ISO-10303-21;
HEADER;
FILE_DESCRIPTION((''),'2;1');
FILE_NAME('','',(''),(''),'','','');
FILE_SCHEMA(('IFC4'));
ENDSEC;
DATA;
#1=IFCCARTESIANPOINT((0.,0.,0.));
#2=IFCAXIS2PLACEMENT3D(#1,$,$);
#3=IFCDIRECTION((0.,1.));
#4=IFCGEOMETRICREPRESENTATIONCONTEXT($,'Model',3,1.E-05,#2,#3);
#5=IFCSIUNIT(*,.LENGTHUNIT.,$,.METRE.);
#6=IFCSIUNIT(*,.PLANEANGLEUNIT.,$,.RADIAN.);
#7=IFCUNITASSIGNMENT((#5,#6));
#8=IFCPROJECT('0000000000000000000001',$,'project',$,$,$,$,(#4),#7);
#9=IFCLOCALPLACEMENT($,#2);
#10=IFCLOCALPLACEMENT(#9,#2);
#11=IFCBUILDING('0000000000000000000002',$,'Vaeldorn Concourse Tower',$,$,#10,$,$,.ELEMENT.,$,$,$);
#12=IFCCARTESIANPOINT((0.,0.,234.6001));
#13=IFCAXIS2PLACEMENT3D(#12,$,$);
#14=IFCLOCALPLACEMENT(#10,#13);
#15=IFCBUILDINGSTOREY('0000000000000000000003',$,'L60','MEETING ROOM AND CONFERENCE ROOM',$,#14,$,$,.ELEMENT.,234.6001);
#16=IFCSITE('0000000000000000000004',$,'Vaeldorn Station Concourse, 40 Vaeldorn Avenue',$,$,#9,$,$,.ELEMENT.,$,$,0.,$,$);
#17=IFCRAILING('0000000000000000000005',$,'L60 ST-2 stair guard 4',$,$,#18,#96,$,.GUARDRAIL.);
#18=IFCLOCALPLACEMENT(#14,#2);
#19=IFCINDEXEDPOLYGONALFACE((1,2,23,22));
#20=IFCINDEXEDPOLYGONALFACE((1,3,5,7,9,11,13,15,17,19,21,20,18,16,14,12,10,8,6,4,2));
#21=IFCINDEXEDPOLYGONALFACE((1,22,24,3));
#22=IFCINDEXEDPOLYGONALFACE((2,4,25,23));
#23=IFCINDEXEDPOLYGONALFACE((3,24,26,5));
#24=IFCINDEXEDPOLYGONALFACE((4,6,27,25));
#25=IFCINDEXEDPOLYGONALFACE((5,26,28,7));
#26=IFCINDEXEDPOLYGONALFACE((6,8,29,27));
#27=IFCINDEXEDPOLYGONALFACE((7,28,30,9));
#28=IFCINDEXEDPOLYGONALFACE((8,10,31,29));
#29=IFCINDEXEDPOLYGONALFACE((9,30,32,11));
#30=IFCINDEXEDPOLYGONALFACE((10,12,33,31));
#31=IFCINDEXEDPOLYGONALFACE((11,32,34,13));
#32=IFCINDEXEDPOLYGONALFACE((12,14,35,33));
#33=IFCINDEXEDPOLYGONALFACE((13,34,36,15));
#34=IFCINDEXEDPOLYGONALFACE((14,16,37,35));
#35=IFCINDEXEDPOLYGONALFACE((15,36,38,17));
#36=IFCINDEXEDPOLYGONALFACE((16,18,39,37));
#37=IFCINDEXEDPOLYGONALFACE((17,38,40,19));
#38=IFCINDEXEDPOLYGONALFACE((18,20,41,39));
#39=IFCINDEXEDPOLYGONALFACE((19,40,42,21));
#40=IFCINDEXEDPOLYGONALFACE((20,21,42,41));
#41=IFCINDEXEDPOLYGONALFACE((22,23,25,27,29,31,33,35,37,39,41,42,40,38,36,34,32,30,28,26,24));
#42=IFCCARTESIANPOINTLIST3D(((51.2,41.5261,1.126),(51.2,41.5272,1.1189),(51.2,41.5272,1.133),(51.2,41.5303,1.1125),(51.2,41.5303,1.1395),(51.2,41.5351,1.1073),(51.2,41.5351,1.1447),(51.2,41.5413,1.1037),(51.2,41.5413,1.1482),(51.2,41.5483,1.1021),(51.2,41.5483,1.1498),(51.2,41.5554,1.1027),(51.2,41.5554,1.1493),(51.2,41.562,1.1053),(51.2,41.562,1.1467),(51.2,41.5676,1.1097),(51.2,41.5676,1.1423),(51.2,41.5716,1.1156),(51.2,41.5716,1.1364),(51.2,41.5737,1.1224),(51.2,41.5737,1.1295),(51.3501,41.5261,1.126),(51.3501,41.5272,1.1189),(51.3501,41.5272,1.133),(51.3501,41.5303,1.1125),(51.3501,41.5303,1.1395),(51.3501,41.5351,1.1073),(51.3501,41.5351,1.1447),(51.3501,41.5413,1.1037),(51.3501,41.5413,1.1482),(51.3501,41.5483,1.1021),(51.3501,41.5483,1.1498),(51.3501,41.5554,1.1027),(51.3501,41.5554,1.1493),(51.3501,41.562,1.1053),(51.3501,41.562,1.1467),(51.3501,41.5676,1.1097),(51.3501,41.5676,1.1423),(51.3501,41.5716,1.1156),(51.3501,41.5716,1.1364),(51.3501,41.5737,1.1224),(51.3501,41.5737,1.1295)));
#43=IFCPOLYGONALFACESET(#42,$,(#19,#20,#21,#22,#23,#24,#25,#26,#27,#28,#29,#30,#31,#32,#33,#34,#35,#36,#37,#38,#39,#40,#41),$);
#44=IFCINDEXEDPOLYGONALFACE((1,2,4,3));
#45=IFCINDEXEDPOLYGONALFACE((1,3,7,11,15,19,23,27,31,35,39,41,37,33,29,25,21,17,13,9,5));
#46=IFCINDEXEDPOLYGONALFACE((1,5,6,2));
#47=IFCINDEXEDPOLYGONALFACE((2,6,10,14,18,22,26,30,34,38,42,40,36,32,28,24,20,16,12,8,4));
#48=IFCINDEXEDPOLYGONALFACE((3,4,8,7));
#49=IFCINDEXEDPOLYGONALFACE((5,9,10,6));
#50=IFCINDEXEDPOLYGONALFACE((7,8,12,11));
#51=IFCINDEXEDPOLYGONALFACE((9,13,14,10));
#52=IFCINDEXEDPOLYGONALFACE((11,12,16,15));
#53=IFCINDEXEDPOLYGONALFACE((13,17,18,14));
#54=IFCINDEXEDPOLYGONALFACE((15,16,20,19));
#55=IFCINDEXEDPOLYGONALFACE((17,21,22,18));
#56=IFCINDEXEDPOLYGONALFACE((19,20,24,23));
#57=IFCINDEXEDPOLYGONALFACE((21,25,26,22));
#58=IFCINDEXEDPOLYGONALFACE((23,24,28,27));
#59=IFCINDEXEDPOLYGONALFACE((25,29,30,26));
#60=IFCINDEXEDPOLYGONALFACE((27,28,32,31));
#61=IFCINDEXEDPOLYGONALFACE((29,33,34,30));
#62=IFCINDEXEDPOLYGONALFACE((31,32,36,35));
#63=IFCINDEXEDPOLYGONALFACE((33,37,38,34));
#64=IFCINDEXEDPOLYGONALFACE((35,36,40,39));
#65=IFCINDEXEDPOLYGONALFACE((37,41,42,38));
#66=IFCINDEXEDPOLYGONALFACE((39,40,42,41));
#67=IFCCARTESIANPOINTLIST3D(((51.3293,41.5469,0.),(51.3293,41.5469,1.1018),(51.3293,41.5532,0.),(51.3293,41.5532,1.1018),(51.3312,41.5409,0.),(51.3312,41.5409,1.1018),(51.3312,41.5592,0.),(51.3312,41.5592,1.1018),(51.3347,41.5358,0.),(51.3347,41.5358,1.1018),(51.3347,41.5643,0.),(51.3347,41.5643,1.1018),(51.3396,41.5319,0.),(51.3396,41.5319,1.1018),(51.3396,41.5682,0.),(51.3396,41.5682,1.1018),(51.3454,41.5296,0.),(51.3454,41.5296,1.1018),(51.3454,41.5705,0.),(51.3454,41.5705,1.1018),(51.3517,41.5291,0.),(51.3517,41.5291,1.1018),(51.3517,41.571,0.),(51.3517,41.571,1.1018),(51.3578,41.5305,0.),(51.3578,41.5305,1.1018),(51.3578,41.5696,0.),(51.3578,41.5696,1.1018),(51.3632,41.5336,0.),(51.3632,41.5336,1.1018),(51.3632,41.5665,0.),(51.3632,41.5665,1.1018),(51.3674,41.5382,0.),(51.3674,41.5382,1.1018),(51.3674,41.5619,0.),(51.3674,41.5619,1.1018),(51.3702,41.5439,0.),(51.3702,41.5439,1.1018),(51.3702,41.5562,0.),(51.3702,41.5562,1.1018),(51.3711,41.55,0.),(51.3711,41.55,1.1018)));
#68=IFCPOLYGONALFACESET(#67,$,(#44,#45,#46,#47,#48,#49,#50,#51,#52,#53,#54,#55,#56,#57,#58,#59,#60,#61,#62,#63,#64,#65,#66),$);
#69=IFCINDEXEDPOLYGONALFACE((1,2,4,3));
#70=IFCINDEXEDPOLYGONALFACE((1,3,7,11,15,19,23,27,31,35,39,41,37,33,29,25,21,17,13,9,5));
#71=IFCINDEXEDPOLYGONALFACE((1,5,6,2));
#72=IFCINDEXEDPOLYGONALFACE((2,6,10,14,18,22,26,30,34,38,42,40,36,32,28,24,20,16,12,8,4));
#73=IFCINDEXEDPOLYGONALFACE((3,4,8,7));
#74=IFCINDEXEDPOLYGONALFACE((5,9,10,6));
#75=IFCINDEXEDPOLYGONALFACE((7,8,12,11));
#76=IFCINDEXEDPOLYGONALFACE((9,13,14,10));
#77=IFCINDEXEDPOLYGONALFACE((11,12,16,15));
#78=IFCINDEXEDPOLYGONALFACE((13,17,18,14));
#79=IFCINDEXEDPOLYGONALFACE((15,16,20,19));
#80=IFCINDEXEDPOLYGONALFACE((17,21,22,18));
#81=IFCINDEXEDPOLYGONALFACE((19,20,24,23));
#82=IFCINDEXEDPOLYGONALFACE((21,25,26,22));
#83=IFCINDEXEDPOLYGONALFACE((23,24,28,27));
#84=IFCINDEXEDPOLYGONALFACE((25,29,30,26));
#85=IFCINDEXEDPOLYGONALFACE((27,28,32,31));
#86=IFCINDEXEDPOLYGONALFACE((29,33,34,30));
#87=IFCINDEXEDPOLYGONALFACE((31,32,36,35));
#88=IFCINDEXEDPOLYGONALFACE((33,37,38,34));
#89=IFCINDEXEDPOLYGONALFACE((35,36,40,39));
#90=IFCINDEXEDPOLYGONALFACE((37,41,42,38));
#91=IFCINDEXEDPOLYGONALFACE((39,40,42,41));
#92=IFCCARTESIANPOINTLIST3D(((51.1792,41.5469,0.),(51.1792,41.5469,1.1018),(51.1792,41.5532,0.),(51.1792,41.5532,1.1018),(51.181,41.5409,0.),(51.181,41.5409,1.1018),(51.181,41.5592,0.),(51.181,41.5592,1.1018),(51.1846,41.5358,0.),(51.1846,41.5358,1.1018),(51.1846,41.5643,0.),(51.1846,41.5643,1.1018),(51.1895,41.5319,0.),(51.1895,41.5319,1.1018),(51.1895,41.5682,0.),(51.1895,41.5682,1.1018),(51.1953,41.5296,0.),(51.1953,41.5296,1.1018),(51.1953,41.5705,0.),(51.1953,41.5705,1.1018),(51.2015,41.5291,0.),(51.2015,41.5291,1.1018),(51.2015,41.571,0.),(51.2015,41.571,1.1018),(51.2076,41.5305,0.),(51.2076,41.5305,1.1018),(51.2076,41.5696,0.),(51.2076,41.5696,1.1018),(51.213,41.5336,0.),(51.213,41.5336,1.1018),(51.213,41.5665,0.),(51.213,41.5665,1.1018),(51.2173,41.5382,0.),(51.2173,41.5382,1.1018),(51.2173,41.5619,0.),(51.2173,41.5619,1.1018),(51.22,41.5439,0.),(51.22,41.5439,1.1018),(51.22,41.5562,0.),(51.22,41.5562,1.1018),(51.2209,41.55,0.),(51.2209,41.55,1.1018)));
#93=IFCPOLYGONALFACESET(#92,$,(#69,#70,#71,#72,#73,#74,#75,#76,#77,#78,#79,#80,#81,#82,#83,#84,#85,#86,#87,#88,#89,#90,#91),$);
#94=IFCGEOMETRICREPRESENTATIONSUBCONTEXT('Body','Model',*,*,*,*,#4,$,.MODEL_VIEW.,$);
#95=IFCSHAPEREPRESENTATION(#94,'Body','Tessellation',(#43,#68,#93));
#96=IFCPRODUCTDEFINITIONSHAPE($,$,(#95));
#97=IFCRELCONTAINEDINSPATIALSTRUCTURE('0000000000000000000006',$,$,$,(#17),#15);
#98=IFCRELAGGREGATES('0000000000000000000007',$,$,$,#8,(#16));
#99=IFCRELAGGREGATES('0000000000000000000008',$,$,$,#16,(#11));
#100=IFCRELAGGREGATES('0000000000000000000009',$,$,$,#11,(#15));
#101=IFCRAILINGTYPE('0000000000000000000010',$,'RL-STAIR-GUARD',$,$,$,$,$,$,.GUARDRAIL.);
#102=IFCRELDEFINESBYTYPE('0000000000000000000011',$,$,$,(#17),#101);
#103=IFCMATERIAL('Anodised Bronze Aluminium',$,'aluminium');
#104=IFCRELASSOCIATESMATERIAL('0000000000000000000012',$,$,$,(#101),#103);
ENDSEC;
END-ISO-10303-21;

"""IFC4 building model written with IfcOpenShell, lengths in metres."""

from ifc_helpers import new_model, si_unit, direction, frame, origin, origin_2d, place, context, subcontext, project, spatial, circle, extrude, material, type_object, element, save


model = new_model("IFC4")

# Units and contexts
model_context = context("Model", 3, precision=1e-05, world=origin(), true_north=direction((0.0, 1.0)))
body_context = subcontext(model_context, "Body", "Model", "MODEL_VIEW")
ifc_project = project(units=[si_unit("LENGTHUNIT", "METRE"), si_unit("PLANEANGLEUNIT", "RADIAN")], contexts=[model_context])

# Site, building, storey
site_placement = place(None, origin())
site = spatial("IfcSite", under=ifc_project, at=site_placement, Name="Vaeldorn Station Concourse, 40 Vaeldorn Avenue", CompositionType="ELEMENT", RefElevation=0.0)
building_placement = place(site_placement, origin())
building = spatial("IfcBuilding", under=site, at=building_placement, Name="Vaeldorn Concourse Tower", CompositionType="ELEMENT")
storey_placement = place(building_placement, frame((0.0, 0.0, 234.6001)))
storey = spatial("IfcBuildingStorey", under=building, at=storey_placement, Name="L60", Description="MEETING ROOM AND CONFERENCE ROOM", CompositionType="ELEMENT", Elevation=234.6001)

# Shared definitions
ifc_material_1 = material(Name="Anodised Bronze Aluminium", Category="aluminium")

# Railing
railing_type_1 = type_object("IfcRailingType", Name="RL-STAIR-GUARD", PredefinedType="GUARDRAIL", material=ifc_material_1)
railing_1_placement = place(storey_placement, frame((51.3501, 41.55, 0.0)))
element("IfcRailing", 1, at=railing_1_placement, inside=storey, type_object=railing_type_1, Name="L60 ST-2 stair guard 4", PredefinedType="GUARDRAIL", context=body_context, shape_type="SweptSolid", body=[
    extrude(circle(Radius=0.0239, at=origin_2d()), frame((0.0, 0.0, 1.126), z_axis=(-1.0, 0.0, 0.0), x_axis=(0.0, -1.0, 0.0)), (0.0, 0.0, 1.0), 0.1501),
    extrude(circle(Radius=0.021, at=origin_2d()), origin(), (0.0, 0.0, 1.0), 1.1018),
    extrude(circle(Radius=0.021, at=origin_2d()), frame((-0.1501, 0.0, 0.0)), (0.0, 0.0, 1.0), 1.1018),
])

save(model, "model.ifc")
